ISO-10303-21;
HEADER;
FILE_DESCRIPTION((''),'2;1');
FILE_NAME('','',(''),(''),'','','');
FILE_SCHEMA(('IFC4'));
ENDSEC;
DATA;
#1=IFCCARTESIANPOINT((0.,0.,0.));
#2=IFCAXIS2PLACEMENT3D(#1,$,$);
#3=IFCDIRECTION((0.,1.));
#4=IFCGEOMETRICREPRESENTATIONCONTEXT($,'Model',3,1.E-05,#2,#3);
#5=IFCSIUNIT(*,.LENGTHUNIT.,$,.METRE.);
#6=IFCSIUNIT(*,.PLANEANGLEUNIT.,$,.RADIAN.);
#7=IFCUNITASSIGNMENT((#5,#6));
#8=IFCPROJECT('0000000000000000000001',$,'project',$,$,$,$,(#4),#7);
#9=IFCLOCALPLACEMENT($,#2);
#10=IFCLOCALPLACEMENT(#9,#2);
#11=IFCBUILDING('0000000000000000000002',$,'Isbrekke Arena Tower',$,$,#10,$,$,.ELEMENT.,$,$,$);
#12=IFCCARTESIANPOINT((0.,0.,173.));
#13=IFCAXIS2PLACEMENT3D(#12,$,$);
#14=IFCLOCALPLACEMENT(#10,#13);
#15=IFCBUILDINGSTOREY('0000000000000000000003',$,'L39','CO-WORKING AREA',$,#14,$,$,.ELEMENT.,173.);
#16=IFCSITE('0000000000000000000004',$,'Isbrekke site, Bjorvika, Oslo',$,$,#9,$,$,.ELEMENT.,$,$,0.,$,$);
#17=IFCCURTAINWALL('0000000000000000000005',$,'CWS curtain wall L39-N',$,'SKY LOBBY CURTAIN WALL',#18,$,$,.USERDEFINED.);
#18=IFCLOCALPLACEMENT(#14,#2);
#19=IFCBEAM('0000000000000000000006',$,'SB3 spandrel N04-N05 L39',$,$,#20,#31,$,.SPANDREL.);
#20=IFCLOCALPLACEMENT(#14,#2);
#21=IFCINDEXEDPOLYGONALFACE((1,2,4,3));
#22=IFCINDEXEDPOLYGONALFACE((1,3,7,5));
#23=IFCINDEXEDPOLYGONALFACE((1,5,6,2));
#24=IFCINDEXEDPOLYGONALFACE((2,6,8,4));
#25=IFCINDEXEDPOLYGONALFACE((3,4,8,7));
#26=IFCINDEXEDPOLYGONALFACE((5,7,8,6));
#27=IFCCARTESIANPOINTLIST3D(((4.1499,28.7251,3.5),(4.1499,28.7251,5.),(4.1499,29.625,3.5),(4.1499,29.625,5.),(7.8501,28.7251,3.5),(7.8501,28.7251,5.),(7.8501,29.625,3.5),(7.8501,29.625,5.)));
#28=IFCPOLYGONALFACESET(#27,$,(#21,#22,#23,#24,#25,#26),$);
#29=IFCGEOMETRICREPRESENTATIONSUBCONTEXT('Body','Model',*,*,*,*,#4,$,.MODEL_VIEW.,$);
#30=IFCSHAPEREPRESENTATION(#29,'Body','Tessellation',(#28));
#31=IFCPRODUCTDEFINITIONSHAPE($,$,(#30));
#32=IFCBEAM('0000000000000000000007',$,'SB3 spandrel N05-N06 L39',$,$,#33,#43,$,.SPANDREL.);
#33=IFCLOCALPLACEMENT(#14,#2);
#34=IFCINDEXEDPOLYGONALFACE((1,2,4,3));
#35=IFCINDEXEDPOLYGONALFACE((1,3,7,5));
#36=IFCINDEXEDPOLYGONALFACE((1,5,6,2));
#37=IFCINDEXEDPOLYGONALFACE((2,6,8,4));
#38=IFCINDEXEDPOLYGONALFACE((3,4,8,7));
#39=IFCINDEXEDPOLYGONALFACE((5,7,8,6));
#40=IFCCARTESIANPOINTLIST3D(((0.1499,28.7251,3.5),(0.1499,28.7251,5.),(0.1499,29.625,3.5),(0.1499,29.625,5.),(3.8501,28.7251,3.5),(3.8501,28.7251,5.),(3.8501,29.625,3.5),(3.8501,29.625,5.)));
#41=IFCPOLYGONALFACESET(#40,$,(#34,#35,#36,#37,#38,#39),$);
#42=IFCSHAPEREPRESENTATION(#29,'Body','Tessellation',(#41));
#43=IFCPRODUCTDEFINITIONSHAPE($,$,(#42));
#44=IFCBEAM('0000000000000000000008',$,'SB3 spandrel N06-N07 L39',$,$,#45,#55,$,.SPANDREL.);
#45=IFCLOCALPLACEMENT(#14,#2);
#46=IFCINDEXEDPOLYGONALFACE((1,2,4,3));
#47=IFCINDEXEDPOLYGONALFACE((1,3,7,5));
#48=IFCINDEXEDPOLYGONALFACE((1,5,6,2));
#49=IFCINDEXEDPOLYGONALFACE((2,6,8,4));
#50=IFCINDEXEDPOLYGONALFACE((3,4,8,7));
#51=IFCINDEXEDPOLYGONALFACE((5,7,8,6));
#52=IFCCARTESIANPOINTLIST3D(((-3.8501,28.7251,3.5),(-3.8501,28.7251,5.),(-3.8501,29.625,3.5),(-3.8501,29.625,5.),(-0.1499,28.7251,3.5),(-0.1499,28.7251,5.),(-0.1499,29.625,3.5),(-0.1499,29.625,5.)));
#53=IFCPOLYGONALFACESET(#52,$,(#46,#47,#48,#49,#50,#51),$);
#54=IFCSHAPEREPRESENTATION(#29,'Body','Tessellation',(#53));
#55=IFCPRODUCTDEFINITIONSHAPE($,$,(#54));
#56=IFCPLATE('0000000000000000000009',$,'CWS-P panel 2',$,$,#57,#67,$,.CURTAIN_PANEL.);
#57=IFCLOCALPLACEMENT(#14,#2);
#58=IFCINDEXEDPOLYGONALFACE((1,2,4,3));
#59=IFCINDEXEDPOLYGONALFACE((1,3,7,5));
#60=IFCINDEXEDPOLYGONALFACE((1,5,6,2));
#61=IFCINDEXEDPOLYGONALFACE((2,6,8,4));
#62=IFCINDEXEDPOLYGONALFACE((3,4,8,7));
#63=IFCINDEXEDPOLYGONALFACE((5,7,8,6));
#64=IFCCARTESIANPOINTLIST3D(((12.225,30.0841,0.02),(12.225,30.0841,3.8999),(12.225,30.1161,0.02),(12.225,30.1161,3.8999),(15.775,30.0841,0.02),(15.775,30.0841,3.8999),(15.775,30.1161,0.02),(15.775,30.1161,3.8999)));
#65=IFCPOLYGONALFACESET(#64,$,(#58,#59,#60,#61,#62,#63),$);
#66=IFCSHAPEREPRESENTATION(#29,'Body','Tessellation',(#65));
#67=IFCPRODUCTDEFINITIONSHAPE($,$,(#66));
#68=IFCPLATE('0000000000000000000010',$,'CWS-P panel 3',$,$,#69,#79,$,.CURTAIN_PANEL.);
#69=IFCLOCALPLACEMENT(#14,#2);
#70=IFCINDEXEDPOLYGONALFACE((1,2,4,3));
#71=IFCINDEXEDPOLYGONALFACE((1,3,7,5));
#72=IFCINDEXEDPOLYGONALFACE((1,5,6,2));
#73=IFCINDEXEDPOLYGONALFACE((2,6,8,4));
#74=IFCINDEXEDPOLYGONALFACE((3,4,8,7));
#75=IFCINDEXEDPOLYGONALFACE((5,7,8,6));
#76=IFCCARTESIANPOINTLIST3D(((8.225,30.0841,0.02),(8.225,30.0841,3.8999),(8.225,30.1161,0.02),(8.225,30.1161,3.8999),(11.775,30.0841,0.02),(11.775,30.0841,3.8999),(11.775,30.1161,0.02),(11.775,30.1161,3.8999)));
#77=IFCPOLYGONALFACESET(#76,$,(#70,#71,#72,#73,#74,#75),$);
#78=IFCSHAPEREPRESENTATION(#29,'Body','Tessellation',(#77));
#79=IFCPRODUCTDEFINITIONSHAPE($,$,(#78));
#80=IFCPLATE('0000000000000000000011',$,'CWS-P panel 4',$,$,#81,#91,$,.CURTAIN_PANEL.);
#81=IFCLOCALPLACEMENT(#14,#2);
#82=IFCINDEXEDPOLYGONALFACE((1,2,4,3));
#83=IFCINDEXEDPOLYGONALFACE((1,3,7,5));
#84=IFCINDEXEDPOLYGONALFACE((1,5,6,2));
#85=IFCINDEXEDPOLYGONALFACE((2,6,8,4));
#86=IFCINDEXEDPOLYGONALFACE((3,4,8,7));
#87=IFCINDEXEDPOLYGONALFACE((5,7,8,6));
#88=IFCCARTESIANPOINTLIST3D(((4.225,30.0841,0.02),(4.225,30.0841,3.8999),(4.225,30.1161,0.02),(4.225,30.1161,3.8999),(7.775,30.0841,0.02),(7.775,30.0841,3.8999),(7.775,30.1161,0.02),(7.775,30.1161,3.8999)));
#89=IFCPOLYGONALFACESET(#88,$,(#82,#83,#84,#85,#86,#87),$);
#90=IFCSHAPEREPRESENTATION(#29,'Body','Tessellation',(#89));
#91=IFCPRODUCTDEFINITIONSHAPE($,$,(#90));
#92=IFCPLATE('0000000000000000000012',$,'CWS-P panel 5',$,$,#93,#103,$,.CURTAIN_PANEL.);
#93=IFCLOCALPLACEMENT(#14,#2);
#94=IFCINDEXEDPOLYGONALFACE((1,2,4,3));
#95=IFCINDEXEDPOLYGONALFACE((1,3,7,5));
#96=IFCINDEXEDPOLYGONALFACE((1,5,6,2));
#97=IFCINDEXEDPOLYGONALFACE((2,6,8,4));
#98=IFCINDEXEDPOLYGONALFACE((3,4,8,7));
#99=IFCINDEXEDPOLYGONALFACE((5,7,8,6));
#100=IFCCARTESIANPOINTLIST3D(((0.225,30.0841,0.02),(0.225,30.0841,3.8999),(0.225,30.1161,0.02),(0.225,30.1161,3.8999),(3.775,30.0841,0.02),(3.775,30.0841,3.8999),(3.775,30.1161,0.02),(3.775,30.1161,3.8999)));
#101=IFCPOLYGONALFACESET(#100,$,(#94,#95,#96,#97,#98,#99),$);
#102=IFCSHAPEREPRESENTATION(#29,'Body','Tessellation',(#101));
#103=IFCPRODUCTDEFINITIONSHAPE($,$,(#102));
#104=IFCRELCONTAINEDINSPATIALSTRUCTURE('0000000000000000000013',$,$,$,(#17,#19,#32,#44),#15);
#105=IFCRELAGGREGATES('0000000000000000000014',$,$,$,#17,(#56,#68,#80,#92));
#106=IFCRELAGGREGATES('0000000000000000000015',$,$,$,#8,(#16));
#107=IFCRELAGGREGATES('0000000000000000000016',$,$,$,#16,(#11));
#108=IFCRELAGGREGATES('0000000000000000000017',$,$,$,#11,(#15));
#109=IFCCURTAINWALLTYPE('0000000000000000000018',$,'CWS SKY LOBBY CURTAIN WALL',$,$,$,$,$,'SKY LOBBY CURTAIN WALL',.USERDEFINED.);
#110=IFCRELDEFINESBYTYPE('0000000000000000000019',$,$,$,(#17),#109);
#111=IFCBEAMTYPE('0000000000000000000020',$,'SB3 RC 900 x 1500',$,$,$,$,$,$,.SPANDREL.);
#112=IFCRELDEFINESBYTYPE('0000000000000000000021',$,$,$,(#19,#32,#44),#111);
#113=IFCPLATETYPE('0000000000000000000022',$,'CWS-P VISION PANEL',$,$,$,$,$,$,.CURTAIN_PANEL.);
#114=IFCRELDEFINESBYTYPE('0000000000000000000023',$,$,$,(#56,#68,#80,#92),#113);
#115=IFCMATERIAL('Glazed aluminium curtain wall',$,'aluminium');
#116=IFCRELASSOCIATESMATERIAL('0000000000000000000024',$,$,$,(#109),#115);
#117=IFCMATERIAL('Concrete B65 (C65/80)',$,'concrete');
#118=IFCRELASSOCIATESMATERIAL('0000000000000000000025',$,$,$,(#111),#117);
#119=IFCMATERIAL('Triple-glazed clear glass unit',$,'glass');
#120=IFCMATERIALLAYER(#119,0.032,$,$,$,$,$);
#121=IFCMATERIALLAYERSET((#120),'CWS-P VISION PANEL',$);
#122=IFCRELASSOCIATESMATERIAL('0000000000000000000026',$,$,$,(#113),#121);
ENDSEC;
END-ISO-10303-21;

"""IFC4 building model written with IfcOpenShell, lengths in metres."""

from ifc_helpers import new_model, si_unit, direction, frame, origin, origin_2d, place, context, subcontext, project, spatial, rectangle, extrude, material, layer, layer_set, material_profile, profile_set, type_object, element, aggregate, save


model = new_model("IFC4")

# Units and contexts
model_context = context("Model", 3, precision=1e-05, world=origin(), true_north=direction((0.0, 1.0)))
body_context = subcontext(model_context, "Body", "Model", "MODEL_VIEW")
ifc_project = project(units=[si_unit("LENGTHUNIT", "METRE"), si_unit("PLANEANGLEUNIT", "RADIAN")], contexts=[model_context])

# Site, building, storey
site_placement = place(None, origin())
site = spatial("IfcSite", under=ifc_project, at=site_placement, Name="Isbrekke site, Bjorvika, Oslo", CompositionType="ELEMENT", RefElevation=0.0)
building_placement = place(site_placement, origin())
building = spatial("IfcBuilding", under=site, at=building_placement, Name="Isbrekke Arena Tower", CompositionType="ELEMENT")
storey_placement = place(building_placement, frame((0.0, 0.0, 173.0)))
storey = spatial("IfcBuildingStorey", under=building, at=storey_placement, Name="L39", Description="CO-WORKING AREA", CompositionType="ELEMENT", Elevation=173.0)

# Curtain wall
ifc_material_1 = material(Name="Glazed aluminium curtain wall", Category="aluminium")
curtain_wall_type = type_object("IfcCurtainWallType", Name="CWS SKY LOBBY CURTAIN WALL", ElementType="SKY LOBBY CURTAIN WALL", PredefinedType="USERDEFINED", material=ifc_material_1)
curtain_wall_placement = place(storey_placement, origin())
curtain_wall = element("IfcCurtainWall", 1, at=curtain_wall_placement, inside=storey, type_object=curtain_wall_type, Name="CWS curtain wall L39-N", ObjectType="SKY LOBBY CURTAIN WALL", PredefinedType="USERDEFINED")

# Beams
ifc_material_2 = material(Name="Concrete B65 (C65/80)", Category="concrete")
ifc_material_profile_1 = material_profile(ifc_material_2, rectangle(XDim=0.8999, YDim=1.5, at=origin_2d()), Name="RC 900x1500")
ifc_profile_set_1 = profile_set([ifc_material_profile_1], Name="Concrete B65 (C65/80)")
beam_type_1 = type_object("IfcBeamType", Name="SB3 RC 900 x 1500", PredefinedType="SPANDREL", material=ifc_profile_set_1)
for number, where, z_axis, x_axis, name in (
    (2, (7.8501, 29.175, 4.25), (-1.0, 0.0, 0.0), (0.0, -1.0, 0.0), "SB3 spandrel N04-N05 L39"),
    (3, (3.8501, 29.175, 4.25), (-1.0, 0.0, 0.0), (0.0, -1.0, 0.0), "SB3 spandrel N05-N06 L39"),
    (4, (-0.1499, 29.175, 4.25), (-1.0, 0.0, 0.0), (0.0, -1.0, 0.0), "SB3 spandrel N06-N07 L39"),
):
    element("IfcBeam", number, at=place(storey_placement, frame(where, z_axis=z_axis, x_axis=x_axis)), inside=storey, type_object=beam_type_1, Name=name, PredefinedType="SPANDREL", context=body_context, shape_type="SweptSolid", body=[
        extrude(rectangle(XDim=0.8999, YDim=1.5, at=origin_2d()), origin(), (0.0, 0.0, 1.0), 3.7002),
    ])

# Plates
ifc_material_3 = material(Name="Triple-glazed clear glass unit", Category="glass")
ifc_layer = layer(ifc_material_3, 0.032)
ifc_layer_set = layer_set([ifc_layer], Name="CWS-P VISION PANEL")
plate_type = type_object("IfcPlateType", Name="CWS-P VISION PANEL", PredefinedType="CURTAIN_PANEL", material=ifc_layer_set)
plate_1_placement = place(storey_placement, frame((14.0, 30.1001, 0.02), z_axis=(0.0, 0.0, 1.0), x_axis=(-1.0, 0.0, 0.0)))
plate_1 = element("IfcPlate", 5, at=plate_1_placement, type_object=plate_type, Name="CWS-P panel 2", PredefinedType="CURTAIN_PANEL", context=body_context, shape_type="SweptSolid", body=[
    extrude(rectangle(XDim=3.55, YDim=0.032, at=origin_2d()), origin(), (0.0, 0.0, 1.0), 3.8799),
])
plate_2_placement = place(storey_placement, frame((10.0, 30.1001, 0.02), z_axis=(0.0, 0.0, 1.0), x_axis=(-1.0, 0.0, 0.0)))
plate_2 = element("IfcPlate", 6, at=plate_2_placement, type_object=plate_type, Name="CWS-P panel 3", PredefinedType="CURTAIN_PANEL", context=body_context, shape_type="SweptSolid", body=[
    extrude(rectangle(XDim=3.55, YDim=0.032, at=origin_2d()), origin(), (0.0, 0.0, 1.0), 3.8799),
])
plate_3_placement = place(storey_placement, frame((6.0, 30.1001, 0.02), z_axis=(0.0, 0.0, 1.0), x_axis=(-1.0, 0.0, 0.0)))
plate_3 = element("IfcPlate", 7, at=plate_3_placement, type_object=plate_type, Name="CWS-P panel 4", PredefinedType="CURTAIN_PANEL", context=body_context, shape_type="SweptSolid", body=[
    extrude(rectangle(XDim=3.55, YDim=0.032, at=origin_2d()), origin(), (0.0, 0.0, 1.0), 3.8799),
])
plate_4_placement = place(storey_placement, frame((2.0, 30.1001, 0.02), z_axis=(0.0, 0.0, 1.0), x_axis=(-1.0, 0.0, 0.0)))
plate_4 = element("IfcPlate", 8, at=plate_4_placement, type_object=plate_type, Name="CWS-P panel 5", PredefinedType="CURTAIN_PANEL", context=body_context, shape_type="SweptSolid", body=[
    extrude(rectangle(XDim=3.55, YDim=0.032, at=origin_2d()), origin(), (0.0, 0.0, 1.0), 3.8799),
])
aggregate(curtain_wall, [plate_1, plate_2, plate_3, plate_4])

save(model, "model.ifc")
